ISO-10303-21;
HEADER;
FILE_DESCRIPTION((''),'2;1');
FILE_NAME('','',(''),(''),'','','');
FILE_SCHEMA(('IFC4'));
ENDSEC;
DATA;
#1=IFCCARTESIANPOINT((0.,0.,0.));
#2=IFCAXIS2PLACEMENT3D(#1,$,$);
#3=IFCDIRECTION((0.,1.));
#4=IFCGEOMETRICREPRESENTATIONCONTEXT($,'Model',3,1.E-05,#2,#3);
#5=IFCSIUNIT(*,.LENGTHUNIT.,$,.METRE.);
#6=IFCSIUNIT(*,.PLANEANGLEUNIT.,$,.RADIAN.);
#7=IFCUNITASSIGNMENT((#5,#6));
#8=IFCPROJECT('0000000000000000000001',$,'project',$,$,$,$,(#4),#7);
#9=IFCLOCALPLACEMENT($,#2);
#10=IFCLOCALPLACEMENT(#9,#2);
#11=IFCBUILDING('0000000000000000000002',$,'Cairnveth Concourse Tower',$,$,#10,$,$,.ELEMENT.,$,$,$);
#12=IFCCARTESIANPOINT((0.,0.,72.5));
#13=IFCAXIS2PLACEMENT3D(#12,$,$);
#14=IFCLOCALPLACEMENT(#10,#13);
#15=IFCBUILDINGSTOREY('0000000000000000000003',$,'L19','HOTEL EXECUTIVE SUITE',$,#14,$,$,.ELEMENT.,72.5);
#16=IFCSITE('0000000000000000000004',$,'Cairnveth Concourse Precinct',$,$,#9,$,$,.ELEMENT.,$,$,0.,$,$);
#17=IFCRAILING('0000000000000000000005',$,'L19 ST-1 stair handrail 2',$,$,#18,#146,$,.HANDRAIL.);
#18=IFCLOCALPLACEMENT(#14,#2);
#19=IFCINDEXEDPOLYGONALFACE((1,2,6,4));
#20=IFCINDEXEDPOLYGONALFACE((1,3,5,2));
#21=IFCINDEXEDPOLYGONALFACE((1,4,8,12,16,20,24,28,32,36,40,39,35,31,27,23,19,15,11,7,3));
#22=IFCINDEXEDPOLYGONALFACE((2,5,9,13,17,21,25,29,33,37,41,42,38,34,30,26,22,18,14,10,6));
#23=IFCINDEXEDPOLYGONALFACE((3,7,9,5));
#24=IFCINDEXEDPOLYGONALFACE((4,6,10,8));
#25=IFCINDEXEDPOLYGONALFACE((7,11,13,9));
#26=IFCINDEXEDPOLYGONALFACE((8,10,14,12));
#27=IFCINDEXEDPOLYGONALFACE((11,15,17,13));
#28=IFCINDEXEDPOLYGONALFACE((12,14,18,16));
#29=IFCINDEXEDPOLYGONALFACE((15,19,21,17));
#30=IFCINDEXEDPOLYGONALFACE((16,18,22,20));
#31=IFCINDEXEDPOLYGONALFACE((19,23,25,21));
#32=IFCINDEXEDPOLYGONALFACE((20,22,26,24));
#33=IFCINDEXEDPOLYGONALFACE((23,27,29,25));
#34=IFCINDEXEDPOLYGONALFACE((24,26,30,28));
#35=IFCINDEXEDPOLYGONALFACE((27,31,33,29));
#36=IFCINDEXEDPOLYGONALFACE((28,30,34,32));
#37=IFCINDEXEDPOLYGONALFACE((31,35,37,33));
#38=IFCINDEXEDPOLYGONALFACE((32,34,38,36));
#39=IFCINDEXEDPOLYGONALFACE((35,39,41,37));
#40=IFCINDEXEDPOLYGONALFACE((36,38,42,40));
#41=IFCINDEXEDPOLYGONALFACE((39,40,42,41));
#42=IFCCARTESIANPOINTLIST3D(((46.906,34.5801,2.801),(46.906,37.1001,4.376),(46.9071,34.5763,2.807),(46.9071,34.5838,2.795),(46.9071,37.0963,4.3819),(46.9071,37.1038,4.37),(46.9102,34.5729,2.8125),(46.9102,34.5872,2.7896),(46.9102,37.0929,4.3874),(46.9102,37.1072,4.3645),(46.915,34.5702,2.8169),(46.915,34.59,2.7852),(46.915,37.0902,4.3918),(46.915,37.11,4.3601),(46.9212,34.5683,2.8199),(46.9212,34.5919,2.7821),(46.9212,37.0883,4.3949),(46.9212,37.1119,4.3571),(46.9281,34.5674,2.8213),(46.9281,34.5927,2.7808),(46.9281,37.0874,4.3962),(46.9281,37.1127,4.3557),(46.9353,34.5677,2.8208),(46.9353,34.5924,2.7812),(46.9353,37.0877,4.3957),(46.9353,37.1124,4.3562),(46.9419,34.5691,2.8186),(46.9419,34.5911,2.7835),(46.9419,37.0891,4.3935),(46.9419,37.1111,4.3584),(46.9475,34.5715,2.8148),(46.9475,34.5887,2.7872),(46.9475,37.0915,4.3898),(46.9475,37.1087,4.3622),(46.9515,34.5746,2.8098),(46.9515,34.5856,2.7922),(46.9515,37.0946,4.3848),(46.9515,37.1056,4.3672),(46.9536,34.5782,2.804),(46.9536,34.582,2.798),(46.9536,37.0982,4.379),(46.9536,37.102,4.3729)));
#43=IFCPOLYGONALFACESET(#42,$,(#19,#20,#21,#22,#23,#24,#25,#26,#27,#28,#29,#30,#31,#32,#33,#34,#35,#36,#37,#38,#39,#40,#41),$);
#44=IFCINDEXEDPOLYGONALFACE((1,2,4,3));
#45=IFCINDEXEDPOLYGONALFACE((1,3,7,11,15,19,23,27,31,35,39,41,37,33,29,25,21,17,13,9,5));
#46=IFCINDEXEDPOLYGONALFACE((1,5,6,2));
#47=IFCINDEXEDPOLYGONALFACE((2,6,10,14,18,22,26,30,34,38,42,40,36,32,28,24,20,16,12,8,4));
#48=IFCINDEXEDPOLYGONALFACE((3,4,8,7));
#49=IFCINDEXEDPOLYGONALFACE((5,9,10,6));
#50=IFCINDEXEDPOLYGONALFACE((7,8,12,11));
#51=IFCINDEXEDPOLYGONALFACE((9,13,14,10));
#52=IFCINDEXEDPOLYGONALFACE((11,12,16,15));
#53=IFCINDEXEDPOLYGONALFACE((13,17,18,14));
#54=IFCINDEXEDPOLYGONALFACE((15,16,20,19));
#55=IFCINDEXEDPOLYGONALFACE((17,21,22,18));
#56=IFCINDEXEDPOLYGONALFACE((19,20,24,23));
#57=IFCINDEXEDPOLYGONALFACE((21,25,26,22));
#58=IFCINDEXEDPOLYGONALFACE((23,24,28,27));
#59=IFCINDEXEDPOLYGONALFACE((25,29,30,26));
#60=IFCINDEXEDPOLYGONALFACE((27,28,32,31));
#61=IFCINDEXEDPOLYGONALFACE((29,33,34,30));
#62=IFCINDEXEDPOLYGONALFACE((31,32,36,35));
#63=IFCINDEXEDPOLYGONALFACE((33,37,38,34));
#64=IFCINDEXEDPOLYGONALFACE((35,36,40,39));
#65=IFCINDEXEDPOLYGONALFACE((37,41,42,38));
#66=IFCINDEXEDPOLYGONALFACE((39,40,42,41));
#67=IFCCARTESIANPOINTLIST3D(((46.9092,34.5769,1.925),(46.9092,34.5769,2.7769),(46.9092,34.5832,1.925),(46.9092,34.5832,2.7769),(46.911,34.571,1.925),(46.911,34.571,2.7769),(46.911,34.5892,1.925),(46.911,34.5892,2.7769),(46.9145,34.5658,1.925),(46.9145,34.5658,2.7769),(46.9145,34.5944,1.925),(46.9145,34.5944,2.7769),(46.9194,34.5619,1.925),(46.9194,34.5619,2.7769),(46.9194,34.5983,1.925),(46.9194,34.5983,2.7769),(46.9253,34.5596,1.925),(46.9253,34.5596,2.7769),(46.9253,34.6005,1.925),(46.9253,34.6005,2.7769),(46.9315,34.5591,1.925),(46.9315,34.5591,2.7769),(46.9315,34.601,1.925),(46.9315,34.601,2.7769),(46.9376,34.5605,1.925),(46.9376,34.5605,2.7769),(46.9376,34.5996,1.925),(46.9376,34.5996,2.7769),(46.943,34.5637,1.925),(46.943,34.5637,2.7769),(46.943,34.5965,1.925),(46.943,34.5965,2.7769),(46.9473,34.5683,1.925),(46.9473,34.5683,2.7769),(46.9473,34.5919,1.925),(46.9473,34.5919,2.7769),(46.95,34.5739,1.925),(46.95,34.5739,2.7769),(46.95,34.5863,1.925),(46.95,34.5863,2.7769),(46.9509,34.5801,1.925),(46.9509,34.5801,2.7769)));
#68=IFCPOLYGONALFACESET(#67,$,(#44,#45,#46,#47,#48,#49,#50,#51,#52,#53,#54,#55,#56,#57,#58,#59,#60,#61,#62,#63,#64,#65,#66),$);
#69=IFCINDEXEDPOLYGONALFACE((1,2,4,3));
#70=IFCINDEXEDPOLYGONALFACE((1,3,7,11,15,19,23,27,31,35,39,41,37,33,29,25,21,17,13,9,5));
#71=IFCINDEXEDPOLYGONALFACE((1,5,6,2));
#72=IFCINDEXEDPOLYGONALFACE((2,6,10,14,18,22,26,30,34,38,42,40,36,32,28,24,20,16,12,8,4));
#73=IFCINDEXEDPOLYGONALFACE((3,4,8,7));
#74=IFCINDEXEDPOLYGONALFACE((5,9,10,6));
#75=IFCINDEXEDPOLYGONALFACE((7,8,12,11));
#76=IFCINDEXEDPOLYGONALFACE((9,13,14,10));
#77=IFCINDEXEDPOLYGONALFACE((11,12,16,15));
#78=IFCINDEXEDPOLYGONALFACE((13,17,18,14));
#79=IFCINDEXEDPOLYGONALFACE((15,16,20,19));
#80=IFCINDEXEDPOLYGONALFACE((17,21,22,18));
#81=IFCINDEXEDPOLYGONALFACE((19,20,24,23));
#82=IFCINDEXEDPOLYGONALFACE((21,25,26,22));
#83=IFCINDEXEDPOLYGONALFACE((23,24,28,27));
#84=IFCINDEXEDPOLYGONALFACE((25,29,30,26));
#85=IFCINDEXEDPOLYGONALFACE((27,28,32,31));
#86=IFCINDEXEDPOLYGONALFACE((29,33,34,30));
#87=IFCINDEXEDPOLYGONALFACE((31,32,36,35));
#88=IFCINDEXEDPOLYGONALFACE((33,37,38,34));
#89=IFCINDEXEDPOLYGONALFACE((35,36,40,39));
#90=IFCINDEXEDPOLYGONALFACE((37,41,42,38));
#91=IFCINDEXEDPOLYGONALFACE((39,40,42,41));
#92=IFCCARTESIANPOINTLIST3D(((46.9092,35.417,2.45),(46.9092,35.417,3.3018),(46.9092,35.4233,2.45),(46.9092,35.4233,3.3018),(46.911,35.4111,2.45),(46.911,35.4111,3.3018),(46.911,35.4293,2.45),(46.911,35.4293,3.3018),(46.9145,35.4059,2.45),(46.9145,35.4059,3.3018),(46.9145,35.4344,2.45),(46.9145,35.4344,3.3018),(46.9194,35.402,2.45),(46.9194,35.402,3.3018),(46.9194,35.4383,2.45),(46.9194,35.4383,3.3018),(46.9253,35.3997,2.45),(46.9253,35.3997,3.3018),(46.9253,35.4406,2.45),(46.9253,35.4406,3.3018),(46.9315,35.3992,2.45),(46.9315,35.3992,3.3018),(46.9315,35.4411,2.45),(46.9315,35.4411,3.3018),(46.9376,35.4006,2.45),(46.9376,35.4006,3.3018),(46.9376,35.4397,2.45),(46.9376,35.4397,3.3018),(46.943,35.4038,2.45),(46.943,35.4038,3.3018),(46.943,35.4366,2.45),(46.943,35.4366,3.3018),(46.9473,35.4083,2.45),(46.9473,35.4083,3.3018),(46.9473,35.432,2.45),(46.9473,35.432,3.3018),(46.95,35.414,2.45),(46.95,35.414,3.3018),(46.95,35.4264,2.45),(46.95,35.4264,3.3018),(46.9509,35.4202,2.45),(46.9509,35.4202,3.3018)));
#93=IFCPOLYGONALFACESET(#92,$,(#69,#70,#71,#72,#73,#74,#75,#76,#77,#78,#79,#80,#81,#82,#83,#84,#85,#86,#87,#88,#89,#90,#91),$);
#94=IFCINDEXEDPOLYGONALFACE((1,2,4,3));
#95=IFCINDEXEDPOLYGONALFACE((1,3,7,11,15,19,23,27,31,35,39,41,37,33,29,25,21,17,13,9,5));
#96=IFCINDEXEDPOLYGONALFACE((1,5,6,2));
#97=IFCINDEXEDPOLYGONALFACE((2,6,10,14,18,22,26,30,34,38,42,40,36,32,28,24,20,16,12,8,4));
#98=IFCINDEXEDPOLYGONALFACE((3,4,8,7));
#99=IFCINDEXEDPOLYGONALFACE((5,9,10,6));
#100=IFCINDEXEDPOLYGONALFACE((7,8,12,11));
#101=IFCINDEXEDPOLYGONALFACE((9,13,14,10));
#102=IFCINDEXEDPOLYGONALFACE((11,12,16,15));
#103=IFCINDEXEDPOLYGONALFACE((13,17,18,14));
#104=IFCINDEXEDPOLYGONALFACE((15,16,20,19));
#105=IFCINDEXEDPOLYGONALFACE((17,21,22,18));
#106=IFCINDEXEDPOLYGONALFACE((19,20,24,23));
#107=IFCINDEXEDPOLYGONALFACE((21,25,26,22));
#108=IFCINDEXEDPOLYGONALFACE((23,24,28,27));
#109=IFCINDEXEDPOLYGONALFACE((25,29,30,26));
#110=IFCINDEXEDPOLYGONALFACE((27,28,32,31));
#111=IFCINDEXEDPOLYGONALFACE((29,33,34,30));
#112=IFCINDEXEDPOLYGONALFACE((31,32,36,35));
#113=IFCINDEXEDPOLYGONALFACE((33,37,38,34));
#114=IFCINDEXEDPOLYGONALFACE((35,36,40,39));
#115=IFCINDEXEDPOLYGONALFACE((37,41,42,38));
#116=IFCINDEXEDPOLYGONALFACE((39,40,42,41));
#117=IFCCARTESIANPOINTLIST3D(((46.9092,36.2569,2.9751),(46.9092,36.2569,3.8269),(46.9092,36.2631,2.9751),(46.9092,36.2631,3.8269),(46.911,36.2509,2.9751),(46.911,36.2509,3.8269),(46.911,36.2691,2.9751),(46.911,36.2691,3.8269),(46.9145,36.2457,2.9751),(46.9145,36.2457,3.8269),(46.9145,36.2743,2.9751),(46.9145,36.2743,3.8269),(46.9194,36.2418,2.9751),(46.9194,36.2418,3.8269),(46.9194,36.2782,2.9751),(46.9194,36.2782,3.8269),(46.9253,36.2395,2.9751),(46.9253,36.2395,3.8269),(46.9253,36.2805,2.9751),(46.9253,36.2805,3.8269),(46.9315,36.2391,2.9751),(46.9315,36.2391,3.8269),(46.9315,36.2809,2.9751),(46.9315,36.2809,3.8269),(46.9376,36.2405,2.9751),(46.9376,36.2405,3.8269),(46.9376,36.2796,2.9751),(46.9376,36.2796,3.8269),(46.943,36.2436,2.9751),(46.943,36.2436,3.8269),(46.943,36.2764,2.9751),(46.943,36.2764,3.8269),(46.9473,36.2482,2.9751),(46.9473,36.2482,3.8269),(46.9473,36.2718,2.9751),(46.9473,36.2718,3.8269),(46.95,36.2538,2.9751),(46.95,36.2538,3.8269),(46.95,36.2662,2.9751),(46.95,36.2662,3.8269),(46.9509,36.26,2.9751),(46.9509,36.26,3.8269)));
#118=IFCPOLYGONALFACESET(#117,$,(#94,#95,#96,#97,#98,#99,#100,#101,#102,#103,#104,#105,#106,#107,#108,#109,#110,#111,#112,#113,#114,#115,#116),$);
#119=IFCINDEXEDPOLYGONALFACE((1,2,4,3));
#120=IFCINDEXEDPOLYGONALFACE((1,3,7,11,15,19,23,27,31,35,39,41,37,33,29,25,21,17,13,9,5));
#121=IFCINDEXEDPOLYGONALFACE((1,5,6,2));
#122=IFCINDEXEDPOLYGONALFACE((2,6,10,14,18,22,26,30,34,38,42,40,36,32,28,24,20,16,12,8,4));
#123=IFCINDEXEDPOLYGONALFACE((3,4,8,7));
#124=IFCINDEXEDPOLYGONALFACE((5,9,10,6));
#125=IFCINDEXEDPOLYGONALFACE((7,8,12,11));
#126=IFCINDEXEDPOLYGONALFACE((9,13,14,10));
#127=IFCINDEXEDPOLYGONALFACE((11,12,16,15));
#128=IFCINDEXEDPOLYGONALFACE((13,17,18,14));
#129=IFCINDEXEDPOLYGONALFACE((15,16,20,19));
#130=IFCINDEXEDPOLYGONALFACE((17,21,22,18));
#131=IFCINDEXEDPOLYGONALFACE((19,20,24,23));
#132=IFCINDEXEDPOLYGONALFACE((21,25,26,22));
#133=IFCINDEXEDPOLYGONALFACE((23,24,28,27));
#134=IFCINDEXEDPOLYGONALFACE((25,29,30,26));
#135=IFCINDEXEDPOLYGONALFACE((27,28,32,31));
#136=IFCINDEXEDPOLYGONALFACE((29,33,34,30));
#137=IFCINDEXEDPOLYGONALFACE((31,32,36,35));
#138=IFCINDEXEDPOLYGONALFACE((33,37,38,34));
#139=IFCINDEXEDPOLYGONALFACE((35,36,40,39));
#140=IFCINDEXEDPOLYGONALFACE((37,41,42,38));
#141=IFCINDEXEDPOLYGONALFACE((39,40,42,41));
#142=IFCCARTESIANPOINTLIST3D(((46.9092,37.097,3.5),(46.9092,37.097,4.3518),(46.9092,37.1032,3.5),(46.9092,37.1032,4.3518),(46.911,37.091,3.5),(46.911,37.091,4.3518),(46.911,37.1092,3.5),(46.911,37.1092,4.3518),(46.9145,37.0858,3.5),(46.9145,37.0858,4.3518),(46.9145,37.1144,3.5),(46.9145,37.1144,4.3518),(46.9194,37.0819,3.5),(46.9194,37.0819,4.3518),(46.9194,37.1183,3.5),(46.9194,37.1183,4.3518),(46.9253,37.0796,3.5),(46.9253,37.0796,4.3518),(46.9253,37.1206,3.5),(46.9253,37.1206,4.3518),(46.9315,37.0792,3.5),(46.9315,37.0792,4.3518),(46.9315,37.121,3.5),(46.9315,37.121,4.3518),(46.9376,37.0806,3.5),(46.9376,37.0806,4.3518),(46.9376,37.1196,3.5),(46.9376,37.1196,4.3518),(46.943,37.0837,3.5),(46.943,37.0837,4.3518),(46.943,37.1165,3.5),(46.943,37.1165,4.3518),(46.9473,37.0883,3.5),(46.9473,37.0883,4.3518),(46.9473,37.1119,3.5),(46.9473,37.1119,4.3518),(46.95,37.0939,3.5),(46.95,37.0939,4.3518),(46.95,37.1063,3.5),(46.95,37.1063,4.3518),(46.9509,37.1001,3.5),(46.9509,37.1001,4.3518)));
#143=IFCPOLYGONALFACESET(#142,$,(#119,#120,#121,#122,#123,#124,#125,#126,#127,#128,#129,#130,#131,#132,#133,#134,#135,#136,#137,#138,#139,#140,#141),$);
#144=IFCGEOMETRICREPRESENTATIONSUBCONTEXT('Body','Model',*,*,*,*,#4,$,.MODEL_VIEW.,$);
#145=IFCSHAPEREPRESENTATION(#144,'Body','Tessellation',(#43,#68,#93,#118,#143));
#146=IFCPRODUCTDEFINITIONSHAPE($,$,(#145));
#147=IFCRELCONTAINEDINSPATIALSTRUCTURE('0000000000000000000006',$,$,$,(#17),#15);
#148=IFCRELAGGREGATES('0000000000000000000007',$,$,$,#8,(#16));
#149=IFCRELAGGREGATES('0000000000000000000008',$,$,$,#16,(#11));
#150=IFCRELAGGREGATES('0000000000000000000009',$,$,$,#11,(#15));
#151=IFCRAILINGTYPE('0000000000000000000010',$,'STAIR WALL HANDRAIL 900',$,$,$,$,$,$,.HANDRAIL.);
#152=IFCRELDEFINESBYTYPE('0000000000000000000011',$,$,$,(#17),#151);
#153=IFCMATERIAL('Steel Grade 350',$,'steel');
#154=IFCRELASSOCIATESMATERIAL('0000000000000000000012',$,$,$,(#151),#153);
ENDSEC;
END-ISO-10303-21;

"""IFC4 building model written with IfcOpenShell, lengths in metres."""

from ifc_helpers import new_model, si_unit, direction, frame, origin, origin_2d, place, context, subcontext, project, spatial, circle, extrude, material, type_object, element, save


model = new_model("IFC4")

# Units and contexts
model_context = context("Model", 3, precision=1e-05, world=origin(), true_north=direction((0.0, 1.0)))
body_context = subcontext(model_context, "Body", "Model", "MODEL_VIEW")
ifc_project = project(units=[si_unit("LENGTHUNIT", "METRE"), si_unit("PLANEANGLEUNIT", "RADIAN")], contexts=[model_context])

# Site, building, storey
site_placement = place(None, origin())
site = spatial("IfcSite", under=ifc_project, at=site_placement, Name="Cairnveth Concourse Precinct", CompositionType="ELEMENT", RefElevation=0.0)
building_placement = place(site_placement, origin())
building = spatial("IfcBuilding", under=site, at=building_placement, Name="Cairnveth Concourse Tower", CompositionType="ELEMENT")
storey_placement = place(building_placement, frame((0.0, 0.0, 72.5)))
storey = spatial("IfcBuildingStorey", under=building, at=storey_placement, Name="L19", Description="HOTEL EXECUTIVE SUITE", CompositionType="ELEMENT", Elevation=72.5)

# Railing
ifc_material_1 = material(Name="Steel Grade 350", Category="steel")
railing_type_1 = type_object("IfcRailingType", Name="STAIR WALL HANDRAIL 900", PredefinedType="HANDRAIL", material=ifc_material_1)
railing_1_placement = place(storey_placement, frame((46.9299, 34.5801, 1.925)))
element("IfcRailing", 1, at=railing_1_placement, inside=storey, type_object=railing_type_1, Name="L19 ST-1 stair handrail 2", PredefinedType="HANDRAIL", context=body_context, shape_type="SweptSolid", body=[
    extrude(circle(Radius=0.0239, at=origin_2d()), frame((0.0, 0.0, 0.876), z_axis=(0.0, 0.848008, 0.529984), x_axis=(-1.0, 0.0, 0.0)), (0.0, 0.0, 1.0), 2.9717),
    extrude(circle(Radius=0.021, at=origin_2d()), origin(), (0.0, 0.0, 1.0), 0.8518),
    extrude(circle(Radius=0.021, at=origin_2d()), frame((0.0, 0.8401, 0.5249)), (0.0, 0.0, 1.0), 0.8518),
    extrude(circle(Radius=0.021, at=origin_2d()), frame((0.0, 1.6799, 1.05)), (0.0, 0.0, 1.0), 0.8518),
    extrude(circle(Radius=0.021, at=origin_2d()), frame((0.0, 2.52, 1.575)), (0.0, 0.0, 1.0), 0.8518),
])

save(model, "model.ifc")
